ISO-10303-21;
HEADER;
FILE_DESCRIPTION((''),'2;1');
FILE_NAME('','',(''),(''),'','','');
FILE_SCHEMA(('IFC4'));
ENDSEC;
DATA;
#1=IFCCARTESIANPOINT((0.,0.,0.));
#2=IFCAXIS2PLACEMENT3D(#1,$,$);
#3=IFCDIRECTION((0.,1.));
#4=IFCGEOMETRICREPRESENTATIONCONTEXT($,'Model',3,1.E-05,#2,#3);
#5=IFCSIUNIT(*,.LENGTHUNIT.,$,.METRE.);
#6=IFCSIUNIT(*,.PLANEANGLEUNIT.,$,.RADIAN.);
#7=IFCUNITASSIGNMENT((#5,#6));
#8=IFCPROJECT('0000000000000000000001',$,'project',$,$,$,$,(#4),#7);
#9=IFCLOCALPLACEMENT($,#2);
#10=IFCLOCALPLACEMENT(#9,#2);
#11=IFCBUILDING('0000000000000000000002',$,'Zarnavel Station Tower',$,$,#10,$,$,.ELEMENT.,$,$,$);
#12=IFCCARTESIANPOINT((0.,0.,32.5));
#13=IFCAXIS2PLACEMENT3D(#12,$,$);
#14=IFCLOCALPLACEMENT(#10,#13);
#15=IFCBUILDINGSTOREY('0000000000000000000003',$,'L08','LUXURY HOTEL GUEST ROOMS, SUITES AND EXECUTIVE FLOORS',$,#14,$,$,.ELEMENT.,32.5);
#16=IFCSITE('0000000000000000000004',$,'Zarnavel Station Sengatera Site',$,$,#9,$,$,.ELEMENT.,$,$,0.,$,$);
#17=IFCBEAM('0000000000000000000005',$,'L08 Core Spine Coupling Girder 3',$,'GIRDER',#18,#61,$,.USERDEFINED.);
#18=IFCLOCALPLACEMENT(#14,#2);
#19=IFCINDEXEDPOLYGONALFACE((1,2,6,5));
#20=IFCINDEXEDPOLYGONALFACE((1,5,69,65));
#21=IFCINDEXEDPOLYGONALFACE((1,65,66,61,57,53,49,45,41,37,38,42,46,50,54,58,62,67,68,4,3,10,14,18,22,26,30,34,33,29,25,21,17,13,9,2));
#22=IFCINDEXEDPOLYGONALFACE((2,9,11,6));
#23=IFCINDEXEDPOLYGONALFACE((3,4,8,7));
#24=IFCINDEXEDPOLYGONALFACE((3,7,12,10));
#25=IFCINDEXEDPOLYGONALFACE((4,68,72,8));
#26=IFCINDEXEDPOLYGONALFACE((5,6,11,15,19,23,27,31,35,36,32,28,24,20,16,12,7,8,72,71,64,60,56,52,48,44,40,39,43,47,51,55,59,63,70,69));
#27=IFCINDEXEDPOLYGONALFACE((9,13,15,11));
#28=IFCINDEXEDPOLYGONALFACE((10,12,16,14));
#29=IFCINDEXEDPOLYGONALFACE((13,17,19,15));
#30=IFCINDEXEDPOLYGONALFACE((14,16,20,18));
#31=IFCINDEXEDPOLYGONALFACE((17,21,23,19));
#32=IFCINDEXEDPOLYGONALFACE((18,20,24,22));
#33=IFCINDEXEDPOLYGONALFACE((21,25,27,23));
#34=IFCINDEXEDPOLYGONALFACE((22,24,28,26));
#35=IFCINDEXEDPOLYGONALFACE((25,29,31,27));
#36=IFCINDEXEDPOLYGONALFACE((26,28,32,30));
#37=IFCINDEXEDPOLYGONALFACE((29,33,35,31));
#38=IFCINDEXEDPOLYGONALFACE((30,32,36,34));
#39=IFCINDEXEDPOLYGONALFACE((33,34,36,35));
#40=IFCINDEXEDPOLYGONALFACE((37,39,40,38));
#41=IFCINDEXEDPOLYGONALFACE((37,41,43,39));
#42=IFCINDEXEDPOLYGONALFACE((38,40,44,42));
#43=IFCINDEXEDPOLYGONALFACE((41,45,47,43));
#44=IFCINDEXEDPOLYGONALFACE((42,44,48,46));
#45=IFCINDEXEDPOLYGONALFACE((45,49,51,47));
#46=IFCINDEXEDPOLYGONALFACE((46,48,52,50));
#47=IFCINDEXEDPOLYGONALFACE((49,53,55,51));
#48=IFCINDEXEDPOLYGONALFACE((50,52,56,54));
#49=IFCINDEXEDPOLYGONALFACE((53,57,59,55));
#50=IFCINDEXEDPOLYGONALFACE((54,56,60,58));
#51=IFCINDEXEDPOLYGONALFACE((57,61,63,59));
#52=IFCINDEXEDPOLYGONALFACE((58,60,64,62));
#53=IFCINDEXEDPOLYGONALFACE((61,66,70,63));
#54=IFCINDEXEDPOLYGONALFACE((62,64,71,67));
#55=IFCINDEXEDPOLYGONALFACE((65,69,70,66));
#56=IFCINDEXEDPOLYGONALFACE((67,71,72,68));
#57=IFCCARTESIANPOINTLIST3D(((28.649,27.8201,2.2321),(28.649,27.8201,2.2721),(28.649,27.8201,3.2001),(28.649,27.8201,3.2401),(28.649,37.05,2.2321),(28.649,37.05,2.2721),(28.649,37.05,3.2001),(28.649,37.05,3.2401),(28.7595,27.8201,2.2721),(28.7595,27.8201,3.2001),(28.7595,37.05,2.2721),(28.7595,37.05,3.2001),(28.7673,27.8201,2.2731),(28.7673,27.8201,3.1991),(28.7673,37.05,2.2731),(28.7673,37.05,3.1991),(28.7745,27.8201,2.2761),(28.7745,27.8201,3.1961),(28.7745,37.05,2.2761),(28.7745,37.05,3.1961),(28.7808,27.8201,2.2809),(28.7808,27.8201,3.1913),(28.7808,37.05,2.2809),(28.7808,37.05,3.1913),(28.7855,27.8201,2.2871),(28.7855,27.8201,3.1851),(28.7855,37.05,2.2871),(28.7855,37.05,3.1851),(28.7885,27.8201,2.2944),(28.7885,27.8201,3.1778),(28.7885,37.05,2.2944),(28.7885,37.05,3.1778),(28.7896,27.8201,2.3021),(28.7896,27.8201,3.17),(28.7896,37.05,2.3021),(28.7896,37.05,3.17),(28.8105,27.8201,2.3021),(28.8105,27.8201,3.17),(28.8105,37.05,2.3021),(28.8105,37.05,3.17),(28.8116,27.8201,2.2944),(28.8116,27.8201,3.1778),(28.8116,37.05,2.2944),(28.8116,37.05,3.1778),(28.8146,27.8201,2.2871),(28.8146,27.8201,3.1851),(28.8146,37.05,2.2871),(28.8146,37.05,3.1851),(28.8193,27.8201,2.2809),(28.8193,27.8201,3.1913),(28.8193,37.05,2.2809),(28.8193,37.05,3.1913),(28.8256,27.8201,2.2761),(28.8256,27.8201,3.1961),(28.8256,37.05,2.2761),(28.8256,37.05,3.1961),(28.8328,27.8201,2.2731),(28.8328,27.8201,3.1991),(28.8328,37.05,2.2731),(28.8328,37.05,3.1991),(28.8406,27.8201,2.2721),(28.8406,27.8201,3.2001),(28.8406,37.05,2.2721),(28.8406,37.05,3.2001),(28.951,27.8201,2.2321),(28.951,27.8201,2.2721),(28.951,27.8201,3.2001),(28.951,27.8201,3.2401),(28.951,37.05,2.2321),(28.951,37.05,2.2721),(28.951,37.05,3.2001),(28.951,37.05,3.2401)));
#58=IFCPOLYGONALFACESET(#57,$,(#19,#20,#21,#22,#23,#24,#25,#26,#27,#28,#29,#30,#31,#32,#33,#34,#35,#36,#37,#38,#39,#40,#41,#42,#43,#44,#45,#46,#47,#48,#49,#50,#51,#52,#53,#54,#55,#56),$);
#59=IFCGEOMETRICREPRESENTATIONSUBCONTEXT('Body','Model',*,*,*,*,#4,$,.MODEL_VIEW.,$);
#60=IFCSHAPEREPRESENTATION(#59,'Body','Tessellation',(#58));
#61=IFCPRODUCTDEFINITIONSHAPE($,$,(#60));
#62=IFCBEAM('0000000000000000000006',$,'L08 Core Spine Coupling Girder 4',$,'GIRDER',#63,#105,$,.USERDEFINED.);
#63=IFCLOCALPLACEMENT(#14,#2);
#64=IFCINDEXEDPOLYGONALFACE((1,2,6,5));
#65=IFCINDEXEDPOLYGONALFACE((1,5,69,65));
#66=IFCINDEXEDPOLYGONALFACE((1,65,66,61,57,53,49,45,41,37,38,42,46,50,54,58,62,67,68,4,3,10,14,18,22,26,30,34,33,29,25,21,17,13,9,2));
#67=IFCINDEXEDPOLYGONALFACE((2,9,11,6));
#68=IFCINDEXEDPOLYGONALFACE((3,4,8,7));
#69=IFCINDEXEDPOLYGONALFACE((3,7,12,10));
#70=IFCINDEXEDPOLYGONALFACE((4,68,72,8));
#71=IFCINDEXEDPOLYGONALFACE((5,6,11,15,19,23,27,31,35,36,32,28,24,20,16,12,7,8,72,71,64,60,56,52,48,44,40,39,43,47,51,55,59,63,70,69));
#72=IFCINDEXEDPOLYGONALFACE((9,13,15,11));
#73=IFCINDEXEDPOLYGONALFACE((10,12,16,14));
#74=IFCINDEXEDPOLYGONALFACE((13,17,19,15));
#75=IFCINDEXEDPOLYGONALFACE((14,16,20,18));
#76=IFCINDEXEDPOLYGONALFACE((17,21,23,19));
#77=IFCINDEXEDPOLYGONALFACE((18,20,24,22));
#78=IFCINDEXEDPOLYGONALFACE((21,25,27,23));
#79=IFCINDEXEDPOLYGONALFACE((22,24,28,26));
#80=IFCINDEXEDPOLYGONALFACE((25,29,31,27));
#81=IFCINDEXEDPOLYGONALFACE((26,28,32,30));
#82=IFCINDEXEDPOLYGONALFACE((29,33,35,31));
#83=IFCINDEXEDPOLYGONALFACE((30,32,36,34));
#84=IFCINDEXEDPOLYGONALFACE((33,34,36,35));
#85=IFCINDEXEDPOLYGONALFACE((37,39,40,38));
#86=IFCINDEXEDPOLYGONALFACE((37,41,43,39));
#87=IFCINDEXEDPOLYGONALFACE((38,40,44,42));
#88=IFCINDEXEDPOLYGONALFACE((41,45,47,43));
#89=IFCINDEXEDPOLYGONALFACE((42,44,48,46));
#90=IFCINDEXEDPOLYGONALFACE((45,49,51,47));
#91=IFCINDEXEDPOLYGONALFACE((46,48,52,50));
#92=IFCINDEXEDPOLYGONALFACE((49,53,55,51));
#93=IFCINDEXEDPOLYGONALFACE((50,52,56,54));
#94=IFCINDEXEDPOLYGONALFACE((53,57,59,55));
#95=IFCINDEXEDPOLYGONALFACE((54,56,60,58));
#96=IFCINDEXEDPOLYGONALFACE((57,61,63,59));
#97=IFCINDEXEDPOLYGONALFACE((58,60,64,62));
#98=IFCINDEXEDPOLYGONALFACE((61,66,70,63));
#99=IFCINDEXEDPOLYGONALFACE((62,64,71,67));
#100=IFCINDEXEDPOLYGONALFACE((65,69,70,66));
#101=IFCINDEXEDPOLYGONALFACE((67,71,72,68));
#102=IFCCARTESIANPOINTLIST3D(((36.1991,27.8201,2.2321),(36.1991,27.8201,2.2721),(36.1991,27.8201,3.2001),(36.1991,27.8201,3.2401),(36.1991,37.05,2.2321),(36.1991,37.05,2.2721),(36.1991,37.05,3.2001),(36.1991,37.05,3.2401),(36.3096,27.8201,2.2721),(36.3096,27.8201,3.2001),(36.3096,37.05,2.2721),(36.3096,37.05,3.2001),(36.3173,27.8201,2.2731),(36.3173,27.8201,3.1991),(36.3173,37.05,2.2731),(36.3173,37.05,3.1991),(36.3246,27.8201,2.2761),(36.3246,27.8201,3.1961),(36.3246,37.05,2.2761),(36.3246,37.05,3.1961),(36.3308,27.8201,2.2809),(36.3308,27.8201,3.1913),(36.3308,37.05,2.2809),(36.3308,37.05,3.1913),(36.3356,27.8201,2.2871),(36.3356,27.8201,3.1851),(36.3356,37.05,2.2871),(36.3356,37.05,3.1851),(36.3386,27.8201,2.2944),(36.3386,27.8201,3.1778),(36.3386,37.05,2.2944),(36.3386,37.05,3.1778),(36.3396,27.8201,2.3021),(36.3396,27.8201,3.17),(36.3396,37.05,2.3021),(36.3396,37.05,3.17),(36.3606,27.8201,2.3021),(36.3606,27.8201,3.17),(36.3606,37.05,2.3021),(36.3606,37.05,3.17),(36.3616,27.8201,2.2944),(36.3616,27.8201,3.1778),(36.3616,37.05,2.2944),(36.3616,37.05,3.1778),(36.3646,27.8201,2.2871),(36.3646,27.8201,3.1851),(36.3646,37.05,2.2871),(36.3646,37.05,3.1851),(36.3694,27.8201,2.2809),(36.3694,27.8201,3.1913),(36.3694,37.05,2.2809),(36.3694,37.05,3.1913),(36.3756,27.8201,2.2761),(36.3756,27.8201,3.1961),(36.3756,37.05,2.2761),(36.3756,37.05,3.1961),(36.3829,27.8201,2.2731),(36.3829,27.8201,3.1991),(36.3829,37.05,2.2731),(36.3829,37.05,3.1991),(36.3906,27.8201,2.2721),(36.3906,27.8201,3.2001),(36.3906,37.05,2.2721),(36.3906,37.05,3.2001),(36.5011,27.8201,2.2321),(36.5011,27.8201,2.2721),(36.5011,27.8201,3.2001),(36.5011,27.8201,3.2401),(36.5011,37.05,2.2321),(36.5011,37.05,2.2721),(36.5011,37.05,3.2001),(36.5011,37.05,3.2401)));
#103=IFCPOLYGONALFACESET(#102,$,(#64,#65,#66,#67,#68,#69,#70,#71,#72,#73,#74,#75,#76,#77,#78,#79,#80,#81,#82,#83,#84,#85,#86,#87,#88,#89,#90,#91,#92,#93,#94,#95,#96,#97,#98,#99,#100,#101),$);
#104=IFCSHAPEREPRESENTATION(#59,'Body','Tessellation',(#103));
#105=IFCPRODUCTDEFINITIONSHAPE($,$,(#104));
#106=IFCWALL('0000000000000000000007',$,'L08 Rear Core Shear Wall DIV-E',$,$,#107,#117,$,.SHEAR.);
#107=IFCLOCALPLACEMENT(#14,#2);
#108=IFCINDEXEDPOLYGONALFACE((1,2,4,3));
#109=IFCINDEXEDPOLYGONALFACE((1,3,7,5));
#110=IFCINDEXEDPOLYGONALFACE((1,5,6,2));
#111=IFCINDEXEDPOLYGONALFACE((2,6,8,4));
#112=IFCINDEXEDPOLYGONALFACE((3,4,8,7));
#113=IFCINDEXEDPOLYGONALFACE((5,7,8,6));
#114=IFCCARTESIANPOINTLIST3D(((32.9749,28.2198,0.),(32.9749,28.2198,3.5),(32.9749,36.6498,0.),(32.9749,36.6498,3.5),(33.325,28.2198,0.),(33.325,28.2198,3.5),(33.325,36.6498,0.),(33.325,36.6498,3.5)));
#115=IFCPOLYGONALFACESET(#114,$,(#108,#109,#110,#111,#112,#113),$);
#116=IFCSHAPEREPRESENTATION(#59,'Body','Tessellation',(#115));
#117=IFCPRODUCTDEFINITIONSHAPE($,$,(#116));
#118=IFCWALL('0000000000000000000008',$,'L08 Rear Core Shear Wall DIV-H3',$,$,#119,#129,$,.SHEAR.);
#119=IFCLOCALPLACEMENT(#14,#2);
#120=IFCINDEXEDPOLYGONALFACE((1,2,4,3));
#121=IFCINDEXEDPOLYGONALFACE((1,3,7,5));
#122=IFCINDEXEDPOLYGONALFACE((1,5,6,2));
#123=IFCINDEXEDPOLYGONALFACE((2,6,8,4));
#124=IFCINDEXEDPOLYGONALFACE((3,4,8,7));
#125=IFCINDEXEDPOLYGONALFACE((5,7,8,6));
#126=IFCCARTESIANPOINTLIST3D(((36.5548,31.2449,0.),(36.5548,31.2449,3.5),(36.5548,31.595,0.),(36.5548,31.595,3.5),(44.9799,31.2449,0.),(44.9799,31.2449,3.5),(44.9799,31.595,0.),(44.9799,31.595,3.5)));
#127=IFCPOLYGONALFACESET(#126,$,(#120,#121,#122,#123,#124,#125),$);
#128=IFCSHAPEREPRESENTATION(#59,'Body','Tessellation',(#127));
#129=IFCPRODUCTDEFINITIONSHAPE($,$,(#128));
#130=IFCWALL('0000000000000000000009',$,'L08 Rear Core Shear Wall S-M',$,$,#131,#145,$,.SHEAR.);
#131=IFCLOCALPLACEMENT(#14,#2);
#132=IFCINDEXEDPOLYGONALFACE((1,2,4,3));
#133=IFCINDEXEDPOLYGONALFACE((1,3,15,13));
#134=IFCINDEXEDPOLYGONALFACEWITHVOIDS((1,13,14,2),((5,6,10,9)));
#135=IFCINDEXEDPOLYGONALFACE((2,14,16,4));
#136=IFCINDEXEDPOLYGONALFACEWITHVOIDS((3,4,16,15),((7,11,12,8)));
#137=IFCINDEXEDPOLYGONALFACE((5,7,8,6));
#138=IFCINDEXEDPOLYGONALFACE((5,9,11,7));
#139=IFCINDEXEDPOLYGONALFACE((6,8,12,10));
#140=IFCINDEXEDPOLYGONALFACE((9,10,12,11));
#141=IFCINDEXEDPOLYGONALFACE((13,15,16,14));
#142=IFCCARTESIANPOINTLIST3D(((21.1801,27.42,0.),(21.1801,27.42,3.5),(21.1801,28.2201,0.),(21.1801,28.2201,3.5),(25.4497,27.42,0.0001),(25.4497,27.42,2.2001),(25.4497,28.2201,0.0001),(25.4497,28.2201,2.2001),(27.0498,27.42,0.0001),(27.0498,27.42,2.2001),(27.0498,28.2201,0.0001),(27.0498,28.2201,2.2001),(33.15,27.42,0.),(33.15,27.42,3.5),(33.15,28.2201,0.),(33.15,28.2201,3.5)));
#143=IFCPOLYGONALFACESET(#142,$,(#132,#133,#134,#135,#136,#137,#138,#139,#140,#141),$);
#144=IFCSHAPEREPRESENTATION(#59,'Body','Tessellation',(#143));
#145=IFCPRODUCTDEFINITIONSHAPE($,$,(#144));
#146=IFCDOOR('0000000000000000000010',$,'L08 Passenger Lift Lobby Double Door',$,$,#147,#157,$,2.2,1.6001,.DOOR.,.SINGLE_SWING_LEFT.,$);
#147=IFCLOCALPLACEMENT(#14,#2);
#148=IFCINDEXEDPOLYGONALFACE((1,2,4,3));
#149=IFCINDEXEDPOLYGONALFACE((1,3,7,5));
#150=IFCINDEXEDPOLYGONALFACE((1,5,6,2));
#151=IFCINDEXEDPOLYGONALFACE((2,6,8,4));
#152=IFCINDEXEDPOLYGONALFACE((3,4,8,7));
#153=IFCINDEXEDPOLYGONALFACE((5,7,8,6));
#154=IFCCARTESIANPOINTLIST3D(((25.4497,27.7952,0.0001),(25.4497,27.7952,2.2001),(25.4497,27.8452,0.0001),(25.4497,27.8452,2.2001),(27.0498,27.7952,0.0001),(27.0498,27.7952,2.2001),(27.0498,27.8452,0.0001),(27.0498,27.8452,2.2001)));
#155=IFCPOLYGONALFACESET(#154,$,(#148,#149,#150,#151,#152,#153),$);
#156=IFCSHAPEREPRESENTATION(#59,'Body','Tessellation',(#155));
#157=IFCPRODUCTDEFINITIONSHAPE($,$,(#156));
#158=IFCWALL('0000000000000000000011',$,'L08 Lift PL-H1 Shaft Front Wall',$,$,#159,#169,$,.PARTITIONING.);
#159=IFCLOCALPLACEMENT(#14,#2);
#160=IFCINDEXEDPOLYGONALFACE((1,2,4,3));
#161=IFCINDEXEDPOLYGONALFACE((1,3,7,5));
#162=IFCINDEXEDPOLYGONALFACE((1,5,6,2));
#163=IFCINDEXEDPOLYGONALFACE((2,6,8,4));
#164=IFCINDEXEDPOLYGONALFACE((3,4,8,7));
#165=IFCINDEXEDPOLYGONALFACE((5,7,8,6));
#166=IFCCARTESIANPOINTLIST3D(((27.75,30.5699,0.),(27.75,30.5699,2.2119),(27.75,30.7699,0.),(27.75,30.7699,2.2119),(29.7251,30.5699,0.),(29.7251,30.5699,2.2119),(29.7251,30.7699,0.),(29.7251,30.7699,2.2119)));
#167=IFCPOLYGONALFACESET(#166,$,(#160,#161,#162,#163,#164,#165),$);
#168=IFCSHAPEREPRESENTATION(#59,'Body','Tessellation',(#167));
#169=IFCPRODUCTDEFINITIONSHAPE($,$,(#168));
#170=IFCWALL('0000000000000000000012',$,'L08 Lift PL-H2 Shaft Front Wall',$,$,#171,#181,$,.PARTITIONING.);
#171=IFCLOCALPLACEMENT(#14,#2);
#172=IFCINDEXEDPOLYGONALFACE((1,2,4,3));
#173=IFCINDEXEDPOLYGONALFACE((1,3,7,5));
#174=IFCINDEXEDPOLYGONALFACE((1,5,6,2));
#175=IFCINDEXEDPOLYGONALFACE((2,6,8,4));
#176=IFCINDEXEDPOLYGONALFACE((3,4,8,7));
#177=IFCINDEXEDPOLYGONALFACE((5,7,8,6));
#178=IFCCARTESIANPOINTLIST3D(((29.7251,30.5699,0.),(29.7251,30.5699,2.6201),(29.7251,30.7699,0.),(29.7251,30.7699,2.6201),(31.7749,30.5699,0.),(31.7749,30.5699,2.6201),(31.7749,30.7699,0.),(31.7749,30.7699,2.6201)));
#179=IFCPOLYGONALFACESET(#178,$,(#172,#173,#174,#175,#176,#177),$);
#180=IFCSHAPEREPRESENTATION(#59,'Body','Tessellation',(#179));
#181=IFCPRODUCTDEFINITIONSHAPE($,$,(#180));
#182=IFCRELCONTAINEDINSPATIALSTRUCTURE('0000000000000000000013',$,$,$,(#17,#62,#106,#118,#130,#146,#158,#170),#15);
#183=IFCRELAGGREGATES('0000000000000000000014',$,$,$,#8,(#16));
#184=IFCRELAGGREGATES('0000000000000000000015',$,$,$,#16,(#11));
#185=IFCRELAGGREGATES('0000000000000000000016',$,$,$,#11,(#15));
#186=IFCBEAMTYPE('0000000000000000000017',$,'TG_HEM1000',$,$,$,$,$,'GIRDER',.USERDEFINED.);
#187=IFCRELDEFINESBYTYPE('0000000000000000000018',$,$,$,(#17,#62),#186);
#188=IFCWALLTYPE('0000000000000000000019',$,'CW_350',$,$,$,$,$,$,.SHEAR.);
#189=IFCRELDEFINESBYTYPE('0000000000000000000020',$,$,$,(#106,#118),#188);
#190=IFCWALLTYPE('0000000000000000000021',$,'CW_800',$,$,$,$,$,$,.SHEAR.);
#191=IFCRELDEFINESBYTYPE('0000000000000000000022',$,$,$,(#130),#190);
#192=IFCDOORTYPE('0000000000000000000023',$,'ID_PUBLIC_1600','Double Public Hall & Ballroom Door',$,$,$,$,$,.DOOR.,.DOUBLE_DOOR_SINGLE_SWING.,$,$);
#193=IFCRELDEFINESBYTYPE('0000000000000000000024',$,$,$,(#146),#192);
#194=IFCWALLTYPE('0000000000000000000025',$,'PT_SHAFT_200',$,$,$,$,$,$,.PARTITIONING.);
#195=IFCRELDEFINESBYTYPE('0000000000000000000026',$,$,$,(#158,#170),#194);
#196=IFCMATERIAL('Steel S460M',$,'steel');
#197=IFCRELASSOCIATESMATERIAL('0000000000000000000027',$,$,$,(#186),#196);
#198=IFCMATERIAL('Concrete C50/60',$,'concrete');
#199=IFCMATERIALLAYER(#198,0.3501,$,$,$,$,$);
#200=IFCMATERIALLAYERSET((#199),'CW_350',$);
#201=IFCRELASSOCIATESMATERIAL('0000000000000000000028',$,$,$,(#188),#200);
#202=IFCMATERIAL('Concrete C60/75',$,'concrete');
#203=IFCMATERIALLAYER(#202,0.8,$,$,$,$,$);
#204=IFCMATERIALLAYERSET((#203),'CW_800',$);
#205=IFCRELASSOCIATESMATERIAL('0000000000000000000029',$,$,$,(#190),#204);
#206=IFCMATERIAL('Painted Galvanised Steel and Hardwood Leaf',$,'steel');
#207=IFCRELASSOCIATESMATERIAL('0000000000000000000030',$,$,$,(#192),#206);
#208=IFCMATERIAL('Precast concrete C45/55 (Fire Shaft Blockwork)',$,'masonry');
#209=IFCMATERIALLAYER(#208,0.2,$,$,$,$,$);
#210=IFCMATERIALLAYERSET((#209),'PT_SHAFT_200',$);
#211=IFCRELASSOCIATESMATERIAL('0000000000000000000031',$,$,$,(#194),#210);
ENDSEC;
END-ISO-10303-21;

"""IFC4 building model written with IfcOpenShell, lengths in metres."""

from ifc_helpers import new_model, si_unit, direction, frame, frame_2d, origin, origin_2d, place, context, subcontext, project, spatial, rectangle, i_section, extrude, material, layer, layer_set, material_profile, profile_set, type_object, element, fill, save


model = new_model("IFC4")

# Units and contexts
model_context = context("Model", 3, precision=1e-05, world=origin(), true_north=direction((0.0, 1.0)))
body_context = subcontext(model_context, "Body", "Model", "MODEL_VIEW")
ifc_project = project(units=[si_unit("LENGTHUNIT", "METRE"), si_unit("PLANEANGLEUNIT", "RADIAN")], contexts=[model_context])

# Site, building, storey
site_placement = place(None, origin())
site = spatial("IfcSite", under=ifc_project, at=site_placement, Name="Zarnavel Station Sengatera Site", CompositionType="ELEMENT", RefElevation=0.0)
building_placement = place(site_placement, origin())
building = spatial("IfcBuilding", under=site, at=building_placement, Name="Zarnavel Station Tower", CompositionType="ELEMENT")
storey_placement = place(building_placement, frame((0.0, 0.0, 32.5)))
storey = spatial("IfcBuildingStorey", under=building, at=storey_placement, Name="L08", Description="LUXURY HOTEL GUEST ROOMS, SUITES AND EXECUTIVE FLOORS", CompositionType="ELEMENT", Elevation=32.5)

# Beams
ifc_material_1 = material(Name="Steel S460M", Category="steel")
ifc_material_profile_1 = material_profile(ifc_material_1, i_section(OverallWidth=0.302, OverallDepth=1.0081, WebThickness=0.021, FlangeThickness=0.04, FilletRadius=0.03, at=origin_2d()), Name="HEM1000")
ifc_profile_set_1 = profile_set([ifc_material_profile_1], Name="Steel S460M")
beam_type_1 = type_object("IfcBeamType", Name="TG_HEM1000", ElementType="GIRDER", PredefinedType="USERDEFINED", material=ifc_profile_set_1)
for number, where, z_axis, x_axis, name in (
    (1, (28.8, 27.8201, 2.7361), (0.0, 1.0, 0.0), (-1.0, 0.0, 0.0), "L08 Core Spine Coupling Girder 3"),
    (2, (36.3501, 27.8201, 2.7361), (0.0, 1.0, 0.0), (-1.0, 0.0, 0.0), "L08 Core Spine Coupling Girder 4"),
):
    element("IfcBeam", number, at=place(storey_placement, frame(where, z_axis=z_axis, x_axis=x_axis)), inside=storey, type_object=beam_type_1, Name=name, ObjectType="GIRDER", PredefinedType="USERDEFINED", context=body_context, shape_type="SweptSolid", body=[
        extrude(i_section(OverallWidth=0.302, OverallDepth=1.0081, WebThickness=0.021, FlangeThickness=0.04, FilletRadius=0.03, at=origin_2d()), origin(), (0.0, 0.0, 1.0), 9.23),
    ])

# Wall
ifc_material_2 = material(Name="Concrete C50/60", Category="concrete")
ifc_layer_1 = layer(ifc_material_2, 0.3501)
ifc_layer_set_1 = layer_set([ifc_layer_1], Name="CW_350")
wall_type_1 = type_object("IfcWallType", Name="CW_350", PredefinedType="SHEAR", material=ifc_layer_set_1)
wall_1_placement = place(storey_placement, frame((33.1499, 28.22, 0.0), z_axis=(0.0, 0.0, 1.0), x_axis=(0.0, 1.0, 0.0)))
element("IfcWall", 3, at=wall_1_placement, inside=storey, type_object=wall_type_1, Name="L08 Rear Core Shear Wall DIV-E", PredefinedType="SHEAR", context=body_context, shape_type="SweptSolid", body=[
    extrude(rectangle(XDim=8.4299, YDim=0.3501, at=frame_2d((4.2148, 0.0))), origin(), (0.0, 0.0, 1.0), 3.5),
])

# Wall
wall_2_placement = place(storey_placement, frame((36.5549, 31.4199, 0.0), z_axis=(0.0, 0.0, 1.0), x_axis=(1.0, 0.0, 0.0)))
element("IfcWall", 4, at=wall_2_placement, inside=storey, type_object=wall_type_1, Name="L08 Rear Core Shear Wall DIV-H3", PredefinedType="SHEAR", context=body_context, shape_type="SweptSolid", body=[
    extrude(rectangle(XDim=8.425, YDim=0.3501, at=frame_2d((4.2124, 0.0))), origin(), (0.0, 0.0, 1.0), 3.5),
])

# Wall, opening, door
ifc_material_3 = material(Name="Concrete C60/75", Category="concrete")
ifc_layer_2 = layer(ifc_material_3, 0.8)
ifc_layer_set_2 = layer_set([ifc_layer_2], Name="CW_800")
wall_type_2 = type_object("IfcWallType", Name="CW_800", PredefinedType="SHEAR", material=ifc_layer_set_2)
wall_3_placement = place(storey_placement, frame((33.1499, 27.8201, 0.0), z_axis=(0.0, 0.0, 1.0), x_axis=(-1.0, 0.0, 0.0)))
wall_3 = element("IfcWall", 5, at=wall_3_placement, inside=storey, type_object=wall_type_2, Name="L08 Rear Core Shear Wall S-M", PredefinedType="SHEAR", context=body_context, shape_type="SweptSolid", body=[
    extrude(rectangle(XDim=11.97, YDim=0.8, at=frame_2d((5.9849, 0.0))), origin(), (0.0, 0.0, 1.0), 3.5),
])
opening_1_placement = place(wall_3_placement, frame((6.1001, 0.0, 0.0)))
opening_1 = element("IfcOpeningElement", 6, at=opening_1_placement, cuts=wall_3, PredefinedType="OPENING", context=body_context, shape_type="SweptSolid", body=[
    extrude(rectangle(XDim=1.6001, YDim=2.2, at=frame_2d((0.8, 1.1001))), frame((0.0, 0.4099, 0.0), z_axis=(0.0, -1.0, 0.0), x_axis=(1.0, 0.0, 0.0)), (0.0, 0.0, 1.0), 0.8201),
])
ifc_material_4 = material(Name="Painted Galvanised Steel and Hardwood Leaf", Category="steel")
door_type_1 = type_object("IfcDoorType", Name="ID_PUBLIC_1600", Description="Double Public Hall & Ballroom Door", OperationType="DOUBLE_DOOR_SINGLE_SWING", PredefinedType="DOOR", material=ifc_material_4)
door_1_placement = place(opening_1_placement, origin())
door_1 = element("IfcDoor", 7, at=door_1_placement, inside=storey, type_object=door_type_1, Name="L08 Passenger Lift Lobby Double Door", OperationType="SINGLE_SWING_LEFT", OverallHeight=2.2, OverallWidth=1.6001, PredefinedType="DOOR", context=body_context, shape_type="SweptSolid", body=[
    extrude(rectangle(XDim=1.6001, YDim=2.2, at=frame_2d((0.8, 1.1001))), frame((0.0, 0.0249, 0.0), z_axis=(0.0, -1.0, 0.0), x_axis=(1.0, 0.0, 0.0)), (0.0, 0.0, 1.0), 0.05),
])
fill(opening_1, door_1)

# Walls
ifc_material_5 = material(Name="Precast concrete C45/55 (Fire Shaft Blockwork)", Category="masonry")
ifc_layer_3 = layer(ifc_material_5, 0.2)
ifc_layer_set_3 = layer_set([ifc_layer_3], Name="PT_SHAFT_200")
wall_type_3 = type_object("IfcWallType", Name="PT_SHAFT_200", PredefinedType="PARTITIONING", material=ifc_layer_set_3)
wall_4_placement = place(storey_placement, frame((27.75, 30.6699, 0.0), z_axis=(0.0, 0.0, 1.0), x_axis=(1.0, 0.0, 0.0)))
element("IfcWall", 8, at=wall_4_placement, inside=storey, type_object=wall_type_3, Name="L08 Lift PL-H1 Shaft Front Wall", PredefinedType="PARTITIONING", context=body_context, shape_type="SweptSolid", body=[
    extrude(rectangle(XDim=1.9751, YDim=0.2, at=frame_2d((0.9875, 0.0))), origin(), (0.0, 0.0, 1.0), 2.2119),
])
wall_5_placement = place(storey_placement, frame((29.7251, 30.6699, 0.0), z_axis=(0.0, 0.0, 1.0), x_axis=(1.0, 0.0, 0.0)))
element("IfcWall", 9, at=wall_5_placement, inside=storey, type_object=wall_type_3, Name="L08 Lift PL-H2 Shaft Front Wall", PredefinedType="PARTITIONING", context=body_context, shape_type="SweptSolid", body=[
    extrude(rectangle(XDim=2.0498, YDim=0.2, at=frame_2d((1.0249, 0.0))), origin(), (0.0, 0.0, 1.0), 2.6201),
])

save(model, "model.ifc")
